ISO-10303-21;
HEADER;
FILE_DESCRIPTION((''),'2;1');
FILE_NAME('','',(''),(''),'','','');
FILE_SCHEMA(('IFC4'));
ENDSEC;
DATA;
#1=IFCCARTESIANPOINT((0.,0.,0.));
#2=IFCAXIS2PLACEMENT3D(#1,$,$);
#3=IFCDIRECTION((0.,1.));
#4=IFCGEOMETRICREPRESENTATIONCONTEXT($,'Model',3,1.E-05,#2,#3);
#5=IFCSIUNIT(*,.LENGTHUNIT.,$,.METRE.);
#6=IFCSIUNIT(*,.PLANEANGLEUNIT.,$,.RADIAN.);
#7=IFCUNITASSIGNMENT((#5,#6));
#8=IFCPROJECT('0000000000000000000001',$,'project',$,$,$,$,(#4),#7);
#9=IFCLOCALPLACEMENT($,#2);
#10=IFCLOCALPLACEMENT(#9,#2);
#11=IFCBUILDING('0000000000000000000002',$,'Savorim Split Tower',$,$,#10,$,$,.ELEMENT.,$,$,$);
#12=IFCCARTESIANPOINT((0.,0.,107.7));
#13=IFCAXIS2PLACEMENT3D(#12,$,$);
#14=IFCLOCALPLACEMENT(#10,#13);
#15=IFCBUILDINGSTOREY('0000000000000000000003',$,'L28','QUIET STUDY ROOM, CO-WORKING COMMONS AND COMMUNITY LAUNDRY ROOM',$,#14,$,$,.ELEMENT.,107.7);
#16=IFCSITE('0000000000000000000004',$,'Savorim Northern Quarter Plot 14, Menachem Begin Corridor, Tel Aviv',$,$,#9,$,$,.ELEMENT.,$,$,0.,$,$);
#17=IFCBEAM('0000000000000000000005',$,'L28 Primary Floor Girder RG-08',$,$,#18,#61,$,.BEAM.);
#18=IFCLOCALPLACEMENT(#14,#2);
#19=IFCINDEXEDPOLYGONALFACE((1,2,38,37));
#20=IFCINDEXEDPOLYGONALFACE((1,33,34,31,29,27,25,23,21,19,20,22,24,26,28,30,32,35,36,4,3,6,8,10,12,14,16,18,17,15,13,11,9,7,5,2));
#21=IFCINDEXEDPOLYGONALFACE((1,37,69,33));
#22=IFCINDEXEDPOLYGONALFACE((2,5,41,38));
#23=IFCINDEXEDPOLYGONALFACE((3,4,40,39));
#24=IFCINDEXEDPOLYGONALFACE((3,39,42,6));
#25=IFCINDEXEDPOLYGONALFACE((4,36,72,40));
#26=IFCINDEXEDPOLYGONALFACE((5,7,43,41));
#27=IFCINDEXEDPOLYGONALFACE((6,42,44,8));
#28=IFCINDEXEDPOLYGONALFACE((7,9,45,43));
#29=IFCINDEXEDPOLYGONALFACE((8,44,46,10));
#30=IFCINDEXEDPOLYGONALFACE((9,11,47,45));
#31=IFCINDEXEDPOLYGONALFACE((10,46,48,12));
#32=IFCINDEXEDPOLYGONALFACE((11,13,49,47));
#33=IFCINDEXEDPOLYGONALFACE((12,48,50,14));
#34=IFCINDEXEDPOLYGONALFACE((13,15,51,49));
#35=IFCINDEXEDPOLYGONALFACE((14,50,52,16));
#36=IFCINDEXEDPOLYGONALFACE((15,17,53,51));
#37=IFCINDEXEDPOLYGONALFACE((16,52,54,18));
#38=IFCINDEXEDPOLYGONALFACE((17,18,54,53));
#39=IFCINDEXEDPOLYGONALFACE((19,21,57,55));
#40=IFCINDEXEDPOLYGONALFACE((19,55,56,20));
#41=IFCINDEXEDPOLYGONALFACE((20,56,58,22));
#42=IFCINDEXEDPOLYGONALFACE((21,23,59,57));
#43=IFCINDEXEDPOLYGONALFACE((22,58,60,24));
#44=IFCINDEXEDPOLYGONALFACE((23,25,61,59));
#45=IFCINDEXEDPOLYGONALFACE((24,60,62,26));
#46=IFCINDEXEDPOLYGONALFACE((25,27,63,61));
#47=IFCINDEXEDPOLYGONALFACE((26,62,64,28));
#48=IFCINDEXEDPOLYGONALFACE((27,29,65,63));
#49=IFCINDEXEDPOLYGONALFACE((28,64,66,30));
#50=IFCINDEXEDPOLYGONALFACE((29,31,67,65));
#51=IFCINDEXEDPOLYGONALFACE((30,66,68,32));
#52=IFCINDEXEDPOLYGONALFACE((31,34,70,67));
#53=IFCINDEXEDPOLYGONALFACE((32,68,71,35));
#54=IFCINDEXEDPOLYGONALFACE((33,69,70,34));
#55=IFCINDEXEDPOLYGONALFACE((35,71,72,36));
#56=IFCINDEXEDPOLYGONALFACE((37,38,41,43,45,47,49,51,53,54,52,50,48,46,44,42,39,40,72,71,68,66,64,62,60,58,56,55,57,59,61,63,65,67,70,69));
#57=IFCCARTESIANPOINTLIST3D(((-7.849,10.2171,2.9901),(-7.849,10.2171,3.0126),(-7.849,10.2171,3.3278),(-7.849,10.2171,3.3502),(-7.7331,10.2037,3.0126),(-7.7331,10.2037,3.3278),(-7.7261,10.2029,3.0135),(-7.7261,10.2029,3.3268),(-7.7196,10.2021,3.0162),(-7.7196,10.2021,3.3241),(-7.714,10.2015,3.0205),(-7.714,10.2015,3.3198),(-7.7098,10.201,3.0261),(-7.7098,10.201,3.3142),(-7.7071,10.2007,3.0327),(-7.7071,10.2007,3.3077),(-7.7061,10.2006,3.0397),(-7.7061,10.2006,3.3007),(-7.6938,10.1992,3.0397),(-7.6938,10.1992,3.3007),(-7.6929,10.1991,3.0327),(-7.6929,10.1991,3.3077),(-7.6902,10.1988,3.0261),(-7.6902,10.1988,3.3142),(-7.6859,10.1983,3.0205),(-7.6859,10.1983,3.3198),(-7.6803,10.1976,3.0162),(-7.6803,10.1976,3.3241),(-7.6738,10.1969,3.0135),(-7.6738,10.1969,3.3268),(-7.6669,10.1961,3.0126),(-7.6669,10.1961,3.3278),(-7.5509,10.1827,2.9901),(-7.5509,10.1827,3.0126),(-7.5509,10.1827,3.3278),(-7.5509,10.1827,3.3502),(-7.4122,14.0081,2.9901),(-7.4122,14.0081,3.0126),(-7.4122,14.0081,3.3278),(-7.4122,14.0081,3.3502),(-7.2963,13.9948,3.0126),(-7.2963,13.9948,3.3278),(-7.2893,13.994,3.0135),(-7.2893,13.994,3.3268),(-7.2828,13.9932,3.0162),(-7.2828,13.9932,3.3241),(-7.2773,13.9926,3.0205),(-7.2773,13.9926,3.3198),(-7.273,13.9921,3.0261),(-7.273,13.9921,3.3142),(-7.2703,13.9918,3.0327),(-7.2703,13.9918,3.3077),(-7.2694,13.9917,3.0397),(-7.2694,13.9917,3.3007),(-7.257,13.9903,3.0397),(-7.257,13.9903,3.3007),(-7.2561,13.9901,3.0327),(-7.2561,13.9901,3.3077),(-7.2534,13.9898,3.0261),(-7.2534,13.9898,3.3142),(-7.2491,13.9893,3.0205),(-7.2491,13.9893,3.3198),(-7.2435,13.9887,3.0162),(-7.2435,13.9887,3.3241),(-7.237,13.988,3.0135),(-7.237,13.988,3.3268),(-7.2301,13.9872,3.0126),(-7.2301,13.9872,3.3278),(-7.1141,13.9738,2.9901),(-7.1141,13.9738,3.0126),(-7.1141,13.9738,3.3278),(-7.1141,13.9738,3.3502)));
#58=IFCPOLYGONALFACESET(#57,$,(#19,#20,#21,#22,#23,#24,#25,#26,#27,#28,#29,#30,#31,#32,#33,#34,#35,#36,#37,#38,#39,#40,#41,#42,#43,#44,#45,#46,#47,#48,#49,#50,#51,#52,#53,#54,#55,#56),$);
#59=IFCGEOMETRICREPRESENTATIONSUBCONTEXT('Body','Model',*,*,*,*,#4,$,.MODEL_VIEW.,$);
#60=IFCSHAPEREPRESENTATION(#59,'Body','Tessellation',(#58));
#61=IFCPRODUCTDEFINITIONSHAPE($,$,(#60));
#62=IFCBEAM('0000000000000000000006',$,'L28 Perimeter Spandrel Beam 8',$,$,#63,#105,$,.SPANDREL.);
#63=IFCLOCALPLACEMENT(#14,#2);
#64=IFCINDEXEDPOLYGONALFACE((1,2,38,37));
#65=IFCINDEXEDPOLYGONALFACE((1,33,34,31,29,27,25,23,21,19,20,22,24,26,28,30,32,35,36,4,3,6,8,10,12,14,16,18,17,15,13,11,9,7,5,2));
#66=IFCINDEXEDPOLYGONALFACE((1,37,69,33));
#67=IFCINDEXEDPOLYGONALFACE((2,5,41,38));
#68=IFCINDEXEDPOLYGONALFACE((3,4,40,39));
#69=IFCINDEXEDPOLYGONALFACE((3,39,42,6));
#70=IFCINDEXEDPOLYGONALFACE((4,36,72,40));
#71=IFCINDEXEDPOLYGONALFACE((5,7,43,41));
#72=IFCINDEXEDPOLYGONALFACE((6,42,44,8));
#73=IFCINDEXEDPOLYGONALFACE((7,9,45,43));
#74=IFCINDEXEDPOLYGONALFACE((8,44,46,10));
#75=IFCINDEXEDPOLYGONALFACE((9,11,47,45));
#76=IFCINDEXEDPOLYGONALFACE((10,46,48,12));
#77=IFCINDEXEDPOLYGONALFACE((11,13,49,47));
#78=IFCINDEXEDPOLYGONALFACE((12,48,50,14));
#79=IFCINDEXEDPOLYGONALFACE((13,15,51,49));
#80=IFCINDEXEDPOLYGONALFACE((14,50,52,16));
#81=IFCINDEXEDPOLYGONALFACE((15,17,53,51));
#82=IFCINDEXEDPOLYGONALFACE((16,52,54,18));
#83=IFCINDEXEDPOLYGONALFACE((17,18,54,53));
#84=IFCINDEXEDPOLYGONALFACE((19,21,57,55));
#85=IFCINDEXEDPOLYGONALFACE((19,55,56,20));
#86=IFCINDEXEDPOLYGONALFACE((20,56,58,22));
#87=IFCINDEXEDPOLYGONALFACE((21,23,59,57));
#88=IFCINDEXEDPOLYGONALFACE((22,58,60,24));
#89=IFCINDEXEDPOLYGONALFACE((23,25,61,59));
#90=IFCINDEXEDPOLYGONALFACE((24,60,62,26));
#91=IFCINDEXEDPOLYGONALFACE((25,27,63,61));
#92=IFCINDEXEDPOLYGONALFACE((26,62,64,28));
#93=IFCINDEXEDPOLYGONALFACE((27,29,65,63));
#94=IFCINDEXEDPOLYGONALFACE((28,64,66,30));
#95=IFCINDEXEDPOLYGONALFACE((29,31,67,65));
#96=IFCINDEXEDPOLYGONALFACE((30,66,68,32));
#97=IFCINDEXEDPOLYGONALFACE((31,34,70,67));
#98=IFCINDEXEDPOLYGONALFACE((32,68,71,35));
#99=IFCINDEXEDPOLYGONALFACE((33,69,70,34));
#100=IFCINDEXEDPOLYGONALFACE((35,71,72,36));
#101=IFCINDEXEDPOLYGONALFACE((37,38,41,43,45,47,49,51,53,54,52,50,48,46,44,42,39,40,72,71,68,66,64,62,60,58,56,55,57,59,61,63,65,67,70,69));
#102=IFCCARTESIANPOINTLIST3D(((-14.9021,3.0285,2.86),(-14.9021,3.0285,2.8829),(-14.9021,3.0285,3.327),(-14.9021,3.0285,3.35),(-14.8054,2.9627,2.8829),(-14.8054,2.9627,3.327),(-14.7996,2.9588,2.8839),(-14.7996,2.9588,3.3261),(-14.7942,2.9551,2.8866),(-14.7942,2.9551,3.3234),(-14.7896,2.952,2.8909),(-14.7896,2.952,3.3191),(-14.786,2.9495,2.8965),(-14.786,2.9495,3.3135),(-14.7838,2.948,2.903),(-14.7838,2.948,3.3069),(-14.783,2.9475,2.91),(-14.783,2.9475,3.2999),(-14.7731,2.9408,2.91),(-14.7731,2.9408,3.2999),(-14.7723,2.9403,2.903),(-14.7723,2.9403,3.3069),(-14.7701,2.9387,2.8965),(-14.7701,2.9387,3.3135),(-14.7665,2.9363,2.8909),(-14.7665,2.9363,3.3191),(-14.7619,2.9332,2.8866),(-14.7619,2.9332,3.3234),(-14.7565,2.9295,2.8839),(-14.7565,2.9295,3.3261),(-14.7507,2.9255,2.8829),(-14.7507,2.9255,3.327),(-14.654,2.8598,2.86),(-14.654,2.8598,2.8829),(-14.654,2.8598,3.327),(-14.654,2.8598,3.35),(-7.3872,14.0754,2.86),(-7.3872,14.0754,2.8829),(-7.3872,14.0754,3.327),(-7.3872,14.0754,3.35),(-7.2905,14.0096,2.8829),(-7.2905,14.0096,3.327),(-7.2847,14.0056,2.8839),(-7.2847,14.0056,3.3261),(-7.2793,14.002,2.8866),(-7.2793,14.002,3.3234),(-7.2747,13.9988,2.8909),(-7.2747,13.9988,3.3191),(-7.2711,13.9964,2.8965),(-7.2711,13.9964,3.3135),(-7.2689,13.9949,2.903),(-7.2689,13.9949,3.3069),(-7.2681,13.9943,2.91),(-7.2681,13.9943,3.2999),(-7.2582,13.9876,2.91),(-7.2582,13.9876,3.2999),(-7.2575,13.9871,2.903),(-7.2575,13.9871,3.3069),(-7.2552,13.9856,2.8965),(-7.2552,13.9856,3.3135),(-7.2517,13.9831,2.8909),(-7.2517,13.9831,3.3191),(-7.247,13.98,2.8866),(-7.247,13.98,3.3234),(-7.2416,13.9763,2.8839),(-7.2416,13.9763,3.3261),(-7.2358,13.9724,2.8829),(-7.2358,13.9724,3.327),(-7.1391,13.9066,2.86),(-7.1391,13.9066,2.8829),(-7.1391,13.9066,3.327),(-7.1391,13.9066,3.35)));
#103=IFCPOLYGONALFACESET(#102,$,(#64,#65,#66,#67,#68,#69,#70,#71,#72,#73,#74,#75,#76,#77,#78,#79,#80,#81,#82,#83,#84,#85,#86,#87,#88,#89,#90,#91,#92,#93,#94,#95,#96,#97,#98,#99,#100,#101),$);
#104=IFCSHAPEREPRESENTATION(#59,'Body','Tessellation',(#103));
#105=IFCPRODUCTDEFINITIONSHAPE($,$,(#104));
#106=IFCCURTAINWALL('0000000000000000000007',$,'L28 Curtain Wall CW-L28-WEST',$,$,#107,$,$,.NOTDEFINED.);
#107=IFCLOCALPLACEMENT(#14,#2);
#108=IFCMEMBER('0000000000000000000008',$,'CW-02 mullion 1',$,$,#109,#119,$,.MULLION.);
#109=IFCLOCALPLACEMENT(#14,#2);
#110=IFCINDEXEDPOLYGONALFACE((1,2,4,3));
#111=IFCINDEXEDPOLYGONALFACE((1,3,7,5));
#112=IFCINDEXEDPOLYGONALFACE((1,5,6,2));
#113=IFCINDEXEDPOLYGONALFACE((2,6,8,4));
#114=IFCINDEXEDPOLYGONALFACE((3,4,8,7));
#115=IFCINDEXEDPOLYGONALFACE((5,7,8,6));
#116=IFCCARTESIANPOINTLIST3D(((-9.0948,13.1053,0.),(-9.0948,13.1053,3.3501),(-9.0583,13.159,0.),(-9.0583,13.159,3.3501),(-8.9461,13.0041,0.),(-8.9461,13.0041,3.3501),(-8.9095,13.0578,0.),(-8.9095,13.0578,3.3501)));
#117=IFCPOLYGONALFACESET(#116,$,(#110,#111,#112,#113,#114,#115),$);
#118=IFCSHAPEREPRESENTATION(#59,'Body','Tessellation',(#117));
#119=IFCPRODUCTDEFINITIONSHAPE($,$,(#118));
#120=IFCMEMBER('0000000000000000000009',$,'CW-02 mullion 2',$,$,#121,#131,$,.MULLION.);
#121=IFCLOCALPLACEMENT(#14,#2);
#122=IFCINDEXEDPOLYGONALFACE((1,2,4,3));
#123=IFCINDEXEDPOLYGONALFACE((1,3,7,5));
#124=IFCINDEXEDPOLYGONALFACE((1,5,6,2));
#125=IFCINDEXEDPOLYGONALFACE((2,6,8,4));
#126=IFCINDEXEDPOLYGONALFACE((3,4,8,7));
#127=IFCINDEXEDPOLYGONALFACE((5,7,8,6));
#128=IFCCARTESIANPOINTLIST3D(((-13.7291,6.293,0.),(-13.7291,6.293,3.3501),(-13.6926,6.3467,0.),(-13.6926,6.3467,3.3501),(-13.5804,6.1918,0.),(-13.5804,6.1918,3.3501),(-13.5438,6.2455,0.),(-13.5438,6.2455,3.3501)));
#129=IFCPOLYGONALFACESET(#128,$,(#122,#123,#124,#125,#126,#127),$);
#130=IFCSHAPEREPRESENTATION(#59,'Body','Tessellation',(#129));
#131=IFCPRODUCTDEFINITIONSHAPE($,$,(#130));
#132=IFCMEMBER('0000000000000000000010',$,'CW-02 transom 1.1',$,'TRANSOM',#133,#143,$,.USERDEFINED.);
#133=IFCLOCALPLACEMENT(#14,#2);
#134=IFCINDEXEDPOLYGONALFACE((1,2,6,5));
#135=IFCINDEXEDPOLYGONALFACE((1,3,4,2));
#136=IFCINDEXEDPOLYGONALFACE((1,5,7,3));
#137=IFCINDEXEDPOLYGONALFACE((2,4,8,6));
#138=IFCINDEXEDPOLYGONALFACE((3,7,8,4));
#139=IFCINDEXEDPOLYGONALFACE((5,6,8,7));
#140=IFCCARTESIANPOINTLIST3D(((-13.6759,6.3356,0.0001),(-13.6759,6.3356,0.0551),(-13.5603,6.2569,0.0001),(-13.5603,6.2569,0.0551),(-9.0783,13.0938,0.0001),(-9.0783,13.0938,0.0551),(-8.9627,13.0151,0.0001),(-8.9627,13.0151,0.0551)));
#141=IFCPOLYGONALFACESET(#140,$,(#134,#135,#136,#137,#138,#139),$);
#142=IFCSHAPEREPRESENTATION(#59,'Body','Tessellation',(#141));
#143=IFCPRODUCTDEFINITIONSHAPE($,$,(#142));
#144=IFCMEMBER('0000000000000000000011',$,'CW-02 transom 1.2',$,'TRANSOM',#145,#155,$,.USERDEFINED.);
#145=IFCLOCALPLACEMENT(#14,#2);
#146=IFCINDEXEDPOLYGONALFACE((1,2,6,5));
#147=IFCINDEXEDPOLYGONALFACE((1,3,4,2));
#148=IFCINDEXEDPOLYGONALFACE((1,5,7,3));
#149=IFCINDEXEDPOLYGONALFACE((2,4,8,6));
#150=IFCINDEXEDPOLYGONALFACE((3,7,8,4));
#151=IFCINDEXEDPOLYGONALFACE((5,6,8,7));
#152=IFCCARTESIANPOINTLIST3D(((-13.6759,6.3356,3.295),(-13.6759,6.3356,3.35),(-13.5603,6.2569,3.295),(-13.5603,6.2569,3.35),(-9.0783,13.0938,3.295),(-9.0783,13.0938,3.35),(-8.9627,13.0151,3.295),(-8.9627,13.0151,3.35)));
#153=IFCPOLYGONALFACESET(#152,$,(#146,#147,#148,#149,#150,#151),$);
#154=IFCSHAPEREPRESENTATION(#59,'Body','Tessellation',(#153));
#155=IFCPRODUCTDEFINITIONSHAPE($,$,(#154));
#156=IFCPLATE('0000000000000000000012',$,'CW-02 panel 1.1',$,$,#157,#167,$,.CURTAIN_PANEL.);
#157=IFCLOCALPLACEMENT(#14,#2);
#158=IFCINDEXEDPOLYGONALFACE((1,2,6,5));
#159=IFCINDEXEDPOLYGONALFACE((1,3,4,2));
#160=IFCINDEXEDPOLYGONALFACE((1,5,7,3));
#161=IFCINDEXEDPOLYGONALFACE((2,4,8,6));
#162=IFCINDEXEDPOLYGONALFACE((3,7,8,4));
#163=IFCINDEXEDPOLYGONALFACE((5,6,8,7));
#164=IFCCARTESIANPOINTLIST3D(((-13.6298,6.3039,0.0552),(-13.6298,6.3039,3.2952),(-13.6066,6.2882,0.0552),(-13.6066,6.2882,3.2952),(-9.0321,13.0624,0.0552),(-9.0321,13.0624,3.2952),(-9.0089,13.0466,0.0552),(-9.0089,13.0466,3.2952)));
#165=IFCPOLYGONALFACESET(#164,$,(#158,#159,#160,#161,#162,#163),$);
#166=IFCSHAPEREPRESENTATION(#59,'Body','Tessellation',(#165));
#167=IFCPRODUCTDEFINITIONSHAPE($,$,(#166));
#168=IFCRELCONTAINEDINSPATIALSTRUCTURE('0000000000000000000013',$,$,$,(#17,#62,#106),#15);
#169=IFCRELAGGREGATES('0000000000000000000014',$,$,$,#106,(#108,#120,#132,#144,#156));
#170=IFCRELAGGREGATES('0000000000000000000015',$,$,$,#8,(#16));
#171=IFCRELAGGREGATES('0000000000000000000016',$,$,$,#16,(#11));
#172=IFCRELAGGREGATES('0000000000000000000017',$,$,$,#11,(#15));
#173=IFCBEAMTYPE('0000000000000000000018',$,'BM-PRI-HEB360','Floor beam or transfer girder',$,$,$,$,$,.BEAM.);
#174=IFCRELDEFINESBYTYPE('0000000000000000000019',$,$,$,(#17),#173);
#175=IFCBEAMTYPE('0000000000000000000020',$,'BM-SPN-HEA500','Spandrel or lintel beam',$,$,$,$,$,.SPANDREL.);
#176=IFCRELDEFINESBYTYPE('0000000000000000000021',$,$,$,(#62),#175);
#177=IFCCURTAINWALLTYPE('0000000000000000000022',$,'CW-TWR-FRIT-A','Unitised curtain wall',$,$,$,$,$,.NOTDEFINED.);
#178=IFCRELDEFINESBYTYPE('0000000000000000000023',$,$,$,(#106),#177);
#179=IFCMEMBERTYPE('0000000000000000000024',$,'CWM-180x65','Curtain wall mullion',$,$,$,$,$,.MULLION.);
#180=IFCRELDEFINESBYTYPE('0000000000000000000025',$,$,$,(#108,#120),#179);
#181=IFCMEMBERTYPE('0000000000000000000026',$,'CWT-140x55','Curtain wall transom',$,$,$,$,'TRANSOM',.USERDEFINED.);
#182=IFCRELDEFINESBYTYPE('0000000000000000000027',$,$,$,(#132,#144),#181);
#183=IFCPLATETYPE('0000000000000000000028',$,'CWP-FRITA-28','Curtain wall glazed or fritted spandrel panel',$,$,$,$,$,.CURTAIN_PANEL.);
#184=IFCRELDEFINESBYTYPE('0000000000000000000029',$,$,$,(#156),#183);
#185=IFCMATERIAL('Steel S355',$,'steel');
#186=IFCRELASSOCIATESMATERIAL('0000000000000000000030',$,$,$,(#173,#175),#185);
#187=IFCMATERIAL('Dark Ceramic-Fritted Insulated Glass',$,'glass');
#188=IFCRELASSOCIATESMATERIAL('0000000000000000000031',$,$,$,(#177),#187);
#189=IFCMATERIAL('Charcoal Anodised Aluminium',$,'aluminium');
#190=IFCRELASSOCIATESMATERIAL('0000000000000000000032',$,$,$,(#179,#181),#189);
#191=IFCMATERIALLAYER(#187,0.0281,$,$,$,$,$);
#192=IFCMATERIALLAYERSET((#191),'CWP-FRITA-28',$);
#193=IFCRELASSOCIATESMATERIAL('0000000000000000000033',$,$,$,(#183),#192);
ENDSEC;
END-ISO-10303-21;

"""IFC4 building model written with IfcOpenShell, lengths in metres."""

from ifc_helpers import new_model, si_unit, direction, frame, origin, origin_2d, place, context, subcontext, project, spatial, rectangle, i_section, extrude, material, layer, layer_set, material_profile, profile_set, type_object, element, aggregate, save


model = new_model("IFC4")

# Units and contexts
model_context = context("Model", 3, precision=1e-05, world=origin(), true_north=direction((0.0, 1.0)))
body_context = subcontext(model_context, "Body", "Model", "MODEL_VIEW")
ifc_project = project(units=[si_unit("LENGTHUNIT", "METRE"), si_unit("PLANEANGLEUNIT", "RADIAN")], contexts=[model_context])

# Site, building, storey
site_placement = place(None, origin())
site = spatial("IfcSite", under=ifc_project, at=site_placement, Name="Savorim Northern Quarter Plot 14, Menachem Begin Corridor, Tel Aviv", CompositionType="ELEMENT", RefElevation=0.0)
building_placement = place(site_placement, origin())
building = spatial("IfcBuilding", under=site, at=building_placement, Name="Savorim Split Tower", CompositionType="ELEMENT")
storey_placement = place(building_placement, frame((0.0, 0.0, 107.7)))
storey = spatial("IfcBuildingStorey", under=building, at=storey_placement, Name="L28", Description="QUIET STUDY ROOM, CO-WORKING COMMONS AND COMMUNITY LAUNDRY ROOM", CompositionType="ELEMENT", Elevation=107.7)

# Beams
ifc_material_1 = material(Name="Steel S355", Category="steel")
ifc_material_profile_1 = material_profile(ifc_material_1, i_section(OverallWidth=0.3, OverallDepth=0.3601, WebThickness=0.0125, FlangeThickness=0.0225, FilletRadius=0.0271, at=origin_2d()), Name="HEB 360")
ifc_profile_set_1 = profile_set([ifc_material_profile_1], Name="Steel S355")
beam_type_1 = type_object("IfcBeamType", Name="BM-PRI-HEB360", Description="Floor beam or transfer girder", PredefinedType="BEAM", material=ifc_profile_set_1)
beam_1_placement = place(storey_placement, frame((-7.2632, 13.991, 3.1702), z_axis=(-0.114454, -0.993429, 0.0), x_axis=(0.993429, -0.114454, 0.0)))
element("IfcBeam", 1, at=beam_1_placement, inside=storey, type_object=beam_type_1, Name="L28 Primary Floor Girder RG-08", PredefinedType="BEAM", context=body_context, shape_type="SweptSolid", body=[
    extrude(i_section(OverallWidth=0.3, OverallDepth=0.3601, WebThickness=0.0125, FlangeThickness=0.0225, FilletRadius=0.0271, at=origin_2d()), origin(), (0.0, 0.0, 1.0), 3.8162),
])
ifc_material_profile_2 = material_profile(ifc_material_1, i_section(OverallWidth=0.3, OverallDepth=0.49, WebThickness=0.012, FlangeThickness=0.0229, FilletRadius=0.0271, at=origin_2d()), Name="HEA 500")
ifc_profile_set_2 = profile_set([ifc_material_profile_2], Name="Steel S355")
beam_type_2 = type_object("IfcBeamType", Name="BM-SPN-HEA500", Description="Spandrel or lintel beam", PredefinedType="SPANDREL", material=ifc_profile_set_2)
beam_2_placement = place(storey_placement, frame((-7.2632, 13.991, 3.105), z_axis=(-0.562464, -0.826821, 0.0), x_axis=(0.826821, -0.562464, 0.0)))
element("IfcBeam", 2, at=beam_2_placement, inside=storey, type_object=beam_type_2, Name="L28 Perimeter Spandrel Beam 8", PredefinedType="SPANDREL", context=body_context, shape_type="SweptSolid", body=[
    extrude(i_section(OverallWidth=0.3, OverallDepth=0.49, WebThickness=0.012, FlangeThickness=0.0229, FilletRadius=0.0271, at=origin_2d()), origin(), (0.0, 0.0, 1.0), 13.3606),
])

# Curtain wall, members, plate
ifc_material_2 = material(Name="Dark Ceramic-Fritted Insulated Glass", Category="glass")
curtain_wall_type = type_object("IfcCurtainWallType", Name="CW-TWR-FRIT-A", Description="Unitised curtain wall", PredefinedType="NOTDEFINED", material=ifc_material_2)
curtain_wall_placement = place(storey_placement, origin())
curtain_wall = element("IfcCurtainWall", 3, at=curtain_wall_placement, inside=storey, type_object=curtain_wall_type, Name="L28 Curtain Wall CW-L28-WEST", PredefinedType="NOTDEFINED")
ifc_material_3 = material(Name="Charcoal Anodised Aluminium", Category="aluminium")
ifc_material_profile_3 = material_profile(ifc_material_3, rectangle(XDim=0.1799, YDim=0.0649, at=origin_2d()), Name="ALU-M 180x65")
ifc_profile_set_3 = profile_set([ifc_material_profile_3], Name="Charcoal Anodised Aluminium")
member_type_1 = type_object("IfcMemberType", Name="CWM-180x65", Description="Curtain wall mullion", PredefinedType="MULLION", material=ifc_profile_set_3)
member_1_placement = place(storey_placement, frame((-9.0022, 13.0815, 0.0), z_axis=(0.0, 0.0, 1.0), x_axis=(0.82682, -0.562467, 0.0)))
member_1 = element("IfcMember", 4, at=member_1_placement, type_object=member_type_1, Name="CW-02 mullion 1", PredefinedType="MULLION", context=body_context, shape_type="SweptSolid", body=[
    extrude(rectangle(XDim=0.1799, YDim=0.0649, at=origin_2d()), origin(), (0.0, 0.0, 1.0), 3.3501),
])
member_2_placement = place(storey_placement, frame((-13.6365, 6.2693, 0.0), z_axis=(0.0, 0.0, 1.0), x_axis=(0.82682, -0.562467, 0.0)))
member_2 = element("IfcMember", 5, at=member_2_placement, type_object=member_type_1, Name="CW-02 mullion 2", PredefinedType="MULLION", context=body_context, shape_type="SweptSolid", body=[
    extrude(rectangle(XDim=0.1799, YDim=0.0649, at=origin_2d()), origin(), (0.0, 0.0, 1.0), 3.3501),
])
ifc_material_profile_4 = material_profile(ifc_material_3, rectangle(XDim=0.1399, YDim=0.0549, at=origin_2d()), Name="ALU-T 140x55")
ifc_profile_set_4 = profile_set([ifc_material_profile_4], Name="Charcoal Anodised Aluminium")
member_type_2 = type_object("IfcMemberType", Name="CWT-140x55", Description="Curtain wall transom", ElementType="TRANSOM", PredefinedType="USERDEFINED", material=ifc_profile_set_4)
member_3_placement = place(storey_placement, frame((-9.0205, 13.0544, 0.0276), z_axis=(-0.562478, -0.826812, 0.0), x_axis=(0.826812, -0.562478, 0.0)))
member_3 = element("IfcMember", 6, at=member_3_placement, type_object=member_type_2, Name="CW-02 transom 1.1", ObjectType="TRANSOM", PredefinedType="USERDEFINED", context=body_context, shape_type="SweptSolid", body=[
    extrude(rectangle(XDim=0.1399, YDim=0.0549, at=origin_2d()), origin(), (0.0, 0.0, 1.0), 8.1738),
])
member_4_placement = place(storey_placement, frame((-9.0205, 13.0544, 3.3225), z_axis=(-0.562478, -0.826812, 0.0), x_axis=(0.826812, -0.562478, 0.0)))
member_4 = element("IfcMember", 7, at=member_4_placement, type_object=member_type_2, Name="CW-02 transom 1.2", ObjectType="TRANSOM", PredefinedType="USERDEFINED", context=body_context, shape_type="SweptSolid", body=[
    extrude(rectangle(XDim=0.1399, YDim=0.0549, at=origin_2d()), origin(), (0.0, 0.0, 1.0), 8.1738),
])
ifc_layer_1 = layer(ifc_material_2, 0.0281)
ifc_layer_set_1 = layer_set([ifc_layer_1], Name="CWP-FRITA-28")
plate_type = type_object("IfcPlateType", Name="CWP-FRITA-28", Description="Curtain wall glazed or fritted spandrel panel", PredefinedType="CURTAIN_PANEL", material=ifc_layer_set_1)
plate_placement = place(storey_placement, frame((-11.3193, 9.6753, 0.0552), z_axis=(0.0, 0.0, 1.0), x_axis=(-0.562467, -0.82682, 0.0)))
plate = element("IfcPlate", 8, at=plate_placement, type_object=plate_type, Name="CW-02 panel 1.1", PredefinedType="CURTAIN_PANEL", context=body_context, shape_type="SweptSolid", body=[
    extrude(rectangle(XDim=8.1741, YDim=0.0281, at=origin_2d()), origin(), (0.0, 0.0, 1.0), 3.24),
])
aggregate(curtain_wall, [member_1, member_2, member_3, member_4, plate])

save(model, "model.ifc")
